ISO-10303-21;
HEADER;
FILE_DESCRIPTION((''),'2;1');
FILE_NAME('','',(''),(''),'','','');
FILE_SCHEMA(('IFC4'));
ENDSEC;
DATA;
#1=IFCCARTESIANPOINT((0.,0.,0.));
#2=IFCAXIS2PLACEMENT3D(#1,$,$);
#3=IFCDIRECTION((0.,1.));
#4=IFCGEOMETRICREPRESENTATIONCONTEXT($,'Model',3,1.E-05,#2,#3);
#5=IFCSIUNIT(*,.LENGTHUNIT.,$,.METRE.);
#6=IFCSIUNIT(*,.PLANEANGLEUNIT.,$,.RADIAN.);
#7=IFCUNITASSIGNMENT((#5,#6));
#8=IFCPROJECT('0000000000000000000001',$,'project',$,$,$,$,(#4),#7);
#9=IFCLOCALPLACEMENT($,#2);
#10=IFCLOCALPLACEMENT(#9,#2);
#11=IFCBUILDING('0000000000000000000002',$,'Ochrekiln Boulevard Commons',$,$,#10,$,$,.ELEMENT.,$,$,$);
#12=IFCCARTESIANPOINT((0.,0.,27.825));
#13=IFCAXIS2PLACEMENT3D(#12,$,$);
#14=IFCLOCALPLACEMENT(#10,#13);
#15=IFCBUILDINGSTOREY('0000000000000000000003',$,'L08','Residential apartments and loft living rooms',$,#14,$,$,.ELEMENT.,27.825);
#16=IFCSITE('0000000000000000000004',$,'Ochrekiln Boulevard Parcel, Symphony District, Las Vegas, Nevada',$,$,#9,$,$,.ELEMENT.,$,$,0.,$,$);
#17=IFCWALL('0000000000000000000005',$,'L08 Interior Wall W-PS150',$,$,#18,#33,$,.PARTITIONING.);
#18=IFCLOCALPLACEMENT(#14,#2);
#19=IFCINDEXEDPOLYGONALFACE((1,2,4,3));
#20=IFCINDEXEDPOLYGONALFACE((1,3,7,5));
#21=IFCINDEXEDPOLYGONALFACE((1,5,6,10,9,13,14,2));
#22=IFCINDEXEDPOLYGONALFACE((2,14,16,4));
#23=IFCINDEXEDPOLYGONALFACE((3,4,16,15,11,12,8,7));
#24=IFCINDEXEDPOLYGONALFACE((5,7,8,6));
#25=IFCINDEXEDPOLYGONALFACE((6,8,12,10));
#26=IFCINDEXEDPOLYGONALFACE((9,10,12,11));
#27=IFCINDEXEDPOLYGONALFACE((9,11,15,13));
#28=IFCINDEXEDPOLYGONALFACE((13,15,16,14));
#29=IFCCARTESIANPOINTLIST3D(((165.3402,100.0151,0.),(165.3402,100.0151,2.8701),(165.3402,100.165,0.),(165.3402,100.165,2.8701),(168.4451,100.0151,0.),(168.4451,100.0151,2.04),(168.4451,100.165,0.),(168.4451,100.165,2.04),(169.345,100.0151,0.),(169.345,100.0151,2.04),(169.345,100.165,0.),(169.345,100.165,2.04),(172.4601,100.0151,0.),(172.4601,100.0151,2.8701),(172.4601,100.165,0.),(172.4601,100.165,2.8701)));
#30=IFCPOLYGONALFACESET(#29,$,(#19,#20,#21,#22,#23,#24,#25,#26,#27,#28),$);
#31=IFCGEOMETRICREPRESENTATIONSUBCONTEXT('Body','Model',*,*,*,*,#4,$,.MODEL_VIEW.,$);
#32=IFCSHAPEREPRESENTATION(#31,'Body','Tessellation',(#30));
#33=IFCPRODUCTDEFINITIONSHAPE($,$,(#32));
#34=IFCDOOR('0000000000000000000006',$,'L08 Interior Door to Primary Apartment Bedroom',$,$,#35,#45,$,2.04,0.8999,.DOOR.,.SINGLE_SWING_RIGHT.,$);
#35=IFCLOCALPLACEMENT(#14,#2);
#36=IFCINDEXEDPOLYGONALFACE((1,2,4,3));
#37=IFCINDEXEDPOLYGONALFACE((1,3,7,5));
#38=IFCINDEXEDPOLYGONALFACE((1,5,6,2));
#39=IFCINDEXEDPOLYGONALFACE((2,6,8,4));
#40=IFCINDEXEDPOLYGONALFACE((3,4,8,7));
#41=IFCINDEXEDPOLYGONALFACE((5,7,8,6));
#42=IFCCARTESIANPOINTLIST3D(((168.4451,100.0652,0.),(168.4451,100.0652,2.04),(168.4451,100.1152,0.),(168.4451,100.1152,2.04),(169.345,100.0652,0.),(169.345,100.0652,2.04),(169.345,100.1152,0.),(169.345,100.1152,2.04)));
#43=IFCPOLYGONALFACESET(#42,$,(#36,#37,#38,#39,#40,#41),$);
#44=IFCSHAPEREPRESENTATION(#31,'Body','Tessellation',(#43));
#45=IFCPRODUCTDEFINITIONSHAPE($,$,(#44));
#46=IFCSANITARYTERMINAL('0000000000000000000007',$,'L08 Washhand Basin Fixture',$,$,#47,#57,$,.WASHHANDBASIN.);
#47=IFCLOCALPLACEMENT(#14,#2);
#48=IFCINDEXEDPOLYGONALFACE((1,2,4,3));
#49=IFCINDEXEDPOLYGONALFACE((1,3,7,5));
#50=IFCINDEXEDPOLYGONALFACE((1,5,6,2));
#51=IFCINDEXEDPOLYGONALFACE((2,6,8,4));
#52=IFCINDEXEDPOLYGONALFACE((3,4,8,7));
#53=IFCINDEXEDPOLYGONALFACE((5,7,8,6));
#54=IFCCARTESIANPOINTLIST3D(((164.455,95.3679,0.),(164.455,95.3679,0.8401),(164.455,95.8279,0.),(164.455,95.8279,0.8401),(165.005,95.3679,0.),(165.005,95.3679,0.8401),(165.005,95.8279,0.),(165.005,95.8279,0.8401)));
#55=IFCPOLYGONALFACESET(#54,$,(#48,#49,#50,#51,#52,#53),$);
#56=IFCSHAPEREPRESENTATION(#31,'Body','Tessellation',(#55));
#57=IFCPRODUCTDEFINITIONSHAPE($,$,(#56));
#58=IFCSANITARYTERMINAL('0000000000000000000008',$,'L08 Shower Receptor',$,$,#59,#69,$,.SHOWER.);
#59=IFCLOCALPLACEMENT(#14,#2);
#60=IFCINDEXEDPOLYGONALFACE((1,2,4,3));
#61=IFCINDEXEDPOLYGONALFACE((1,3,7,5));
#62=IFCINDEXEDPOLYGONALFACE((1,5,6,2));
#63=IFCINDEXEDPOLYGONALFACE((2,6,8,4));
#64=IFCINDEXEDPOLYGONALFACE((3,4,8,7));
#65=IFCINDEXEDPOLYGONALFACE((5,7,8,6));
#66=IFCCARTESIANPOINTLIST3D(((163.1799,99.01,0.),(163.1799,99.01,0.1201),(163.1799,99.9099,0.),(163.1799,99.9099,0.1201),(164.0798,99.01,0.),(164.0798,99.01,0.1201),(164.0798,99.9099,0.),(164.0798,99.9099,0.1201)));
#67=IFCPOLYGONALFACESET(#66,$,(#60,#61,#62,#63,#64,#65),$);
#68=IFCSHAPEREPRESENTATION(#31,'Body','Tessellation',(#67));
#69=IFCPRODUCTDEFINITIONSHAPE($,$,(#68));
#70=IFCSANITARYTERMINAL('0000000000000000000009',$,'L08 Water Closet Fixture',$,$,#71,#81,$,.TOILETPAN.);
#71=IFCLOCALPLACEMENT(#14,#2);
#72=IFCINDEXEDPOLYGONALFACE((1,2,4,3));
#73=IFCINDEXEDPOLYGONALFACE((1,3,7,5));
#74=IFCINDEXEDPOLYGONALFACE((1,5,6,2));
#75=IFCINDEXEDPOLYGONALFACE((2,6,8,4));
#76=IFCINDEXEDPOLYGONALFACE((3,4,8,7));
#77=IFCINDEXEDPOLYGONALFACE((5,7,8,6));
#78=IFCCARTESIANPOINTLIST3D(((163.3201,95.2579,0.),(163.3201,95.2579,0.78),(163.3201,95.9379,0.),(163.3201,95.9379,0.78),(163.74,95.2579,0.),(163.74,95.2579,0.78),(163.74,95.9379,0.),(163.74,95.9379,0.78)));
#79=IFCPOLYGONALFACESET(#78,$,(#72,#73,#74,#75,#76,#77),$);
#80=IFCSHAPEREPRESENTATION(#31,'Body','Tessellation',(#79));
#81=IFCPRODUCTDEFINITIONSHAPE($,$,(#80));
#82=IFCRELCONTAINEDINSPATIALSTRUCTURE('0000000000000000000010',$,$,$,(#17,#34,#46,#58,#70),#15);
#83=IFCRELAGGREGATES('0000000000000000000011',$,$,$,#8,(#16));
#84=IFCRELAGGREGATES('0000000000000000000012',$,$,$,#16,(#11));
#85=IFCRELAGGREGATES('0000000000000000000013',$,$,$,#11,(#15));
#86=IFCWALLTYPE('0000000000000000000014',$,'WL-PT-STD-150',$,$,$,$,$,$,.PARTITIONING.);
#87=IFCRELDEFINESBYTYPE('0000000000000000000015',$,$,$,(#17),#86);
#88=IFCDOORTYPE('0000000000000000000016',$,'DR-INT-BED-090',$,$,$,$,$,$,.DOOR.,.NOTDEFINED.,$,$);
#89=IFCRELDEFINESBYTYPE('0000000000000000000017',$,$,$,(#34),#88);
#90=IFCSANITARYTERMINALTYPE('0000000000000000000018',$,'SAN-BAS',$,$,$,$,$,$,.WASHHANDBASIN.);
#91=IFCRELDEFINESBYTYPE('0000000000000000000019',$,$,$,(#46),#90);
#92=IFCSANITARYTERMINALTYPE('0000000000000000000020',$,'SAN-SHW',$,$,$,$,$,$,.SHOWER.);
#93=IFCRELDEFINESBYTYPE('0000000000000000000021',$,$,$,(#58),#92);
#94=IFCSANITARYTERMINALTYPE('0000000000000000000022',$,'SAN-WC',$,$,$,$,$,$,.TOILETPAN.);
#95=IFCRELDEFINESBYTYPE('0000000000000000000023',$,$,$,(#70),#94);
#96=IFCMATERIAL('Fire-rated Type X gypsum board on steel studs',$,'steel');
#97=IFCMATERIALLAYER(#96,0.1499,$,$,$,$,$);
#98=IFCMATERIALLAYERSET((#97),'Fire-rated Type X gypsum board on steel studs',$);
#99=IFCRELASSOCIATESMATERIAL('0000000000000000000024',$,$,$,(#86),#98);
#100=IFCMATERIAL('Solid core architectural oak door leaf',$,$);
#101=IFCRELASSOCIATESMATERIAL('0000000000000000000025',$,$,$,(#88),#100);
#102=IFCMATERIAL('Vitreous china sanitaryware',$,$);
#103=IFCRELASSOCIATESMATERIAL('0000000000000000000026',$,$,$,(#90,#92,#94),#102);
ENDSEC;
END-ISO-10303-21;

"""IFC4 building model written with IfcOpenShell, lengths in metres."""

from ifc_helpers import new_model, si_unit, direction, frame, frame_2d, origin, origin_2d, place, context, subcontext, project, spatial, rectangle, extrude, material, layer, layer_set, type_object, element, fill, save


model = new_model("IFC4")

# Units and contexts
model_context = context("Model", 3, precision=1e-05, world=origin(), true_north=direction((0.0, 1.0)))
body_context = subcontext(model_context, "Body", "Model", "MODEL_VIEW")
ifc_project = project(units=[si_unit("LENGTHUNIT", "METRE"), si_unit("PLANEANGLEUNIT", "RADIAN")], contexts=[model_context])

# Site, building, storey
site_placement = place(None, origin())
site = spatial("IfcSite", under=ifc_project, at=site_placement, Name="Ochrekiln Boulevard Parcel, Symphony District, Las Vegas, Nevada", CompositionType="ELEMENT", RefElevation=0.0)
building_placement = place(site_placement, origin())
building = spatial("IfcBuilding", under=site, at=building_placement, Name="Ochrekiln Boulevard Commons", CompositionType="ELEMENT")
storey_placement = place(building_placement, frame((0.0, 0.0, 27.825)))
storey = spatial("IfcBuildingStorey", under=building, at=storey_placement, Name="L08", Description="Residential apartments and loft living rooms", CompositionType="ELEMENT", Elevation=27.825)

# Shared definitions
ifc_material_1 = material(Name="Solid core architectural oak door leaf")

# Shared definitions
ifc_material_2 = material(Name="Fire-rated Type X gypsum board on steel studs", Category="steel")

# Shared definitions
ifc_layer_1 = layer(ifc_material_2, 0.1499)
ifc_layer_set_1 = layer_set([ifc_layer_1], Name="Fire-rated Type X gypsum board on steel studs")
wall_type_1 = type_object("IfcWallType", Name="WL-PT-STD-150", PredefinedType="PARTITIONING", material=ifc_layer_set_1)

# Wall, opening, door
wall_1_placement = place(storey_placement, frame((165.3401, 100.0901, 0.0), z_axis=(0.0, 0.0, 1.0), x_axis=(1.0, 0.0, 0.0)))
wall_1 = element("IfcWall", 1, at=wall_1_placement, inside=storey, type_object=wall_type_1, Name="L08 Interior Wall W-PS150", PredefinedType="PARTITIONING", context=body_context, shape_type="SweptSolid", body=[
    extrude(rectangle(XDim=7.1199, YDim=0.1499, at=frame_2d((3.5601, 0.0))), origin(), (0.0, 0.0, 1.0), 2.8701),
])
opening_1_placement = place(wall_1_placement, frame((3.105, 0.0, 0.0)))
opening_1 = element("IfcOpeningElement", 2, at=opening_1_placement, cuts=wall_1, PredefinedType="OPENING", context=body_context, shape_type="SweptSolid", body=[
    extrude(rectangle(XDim=0.8999, YDim=2.04, at=frame_2d((0.45, 1.02))), frame((0.0, 0.085, 0.0), z_axis=(0.0, -1.0, 0.0), x_axis=(1.0, 0.0, 0.0)), (0.0, 0.0, 1.0), 0.1699),
])
door_type_1 = type_object("IfcDoorType", Name="DR-INT-BED-090", OperationType="NOTDEFINED", PredefinedType="DOOR", material=ifc_material_1)
door_1_placement = place(opening_1_placement, frame((0.8999, 0.0, 0.0), z_axis=(0.0, 0.0, 1.0), x_axis=(-1.0, 0.0, 0.0)))
door_1 = element("IfcDoor", 3, at=door_1_placement, inside=storey, type_object=door_type_1, Name="L08 Interior Door to Primary Apartment Bedroom", OperationType="SINGLE_SWING_RIGHT", OverallHeight=2.04, OverallWidth=0.8999, PredefinedType="DOOR", context=body_context, shape_type="SweptSolid", body=[
    extrude(rectangle(XDim=0.8999, YDim=2.04, at=frame_2d((0.45, 1.02))), frame((0.0, 0.0249, 0.0), z_axis=(0.0, -1.0, 0.0), x_axis=(1.0, 0.0, 0.0)), (0.0, 0.0, 1.0), 0.05),
])
fill(opening_1, door_1)

# Sanitary terminals
ifc_material_3 = material(Name="Vitreous china sanitaryware")
sanitary_terminal_type_1 = type_object("IfcSanitaryTerminalType", Name="SAN-BAS", PredefinedType="WASHHANDBASIN", material=ifc_material_3)
sanitary_terminal_1_placement = place(storey_placement, frame((164.73, 95.5979, 0.0), z_axis=(0.0, 0.0, 1.0), x_axis=(1.0, 0.0, 0.0)))
element("IfcSanitaryTerminal", 4, at=sanitary_terminal_1_placement, inside=storey, type_object=sanitary_terminal_type_1, Name="L08 Washhand Basin Fixture", PredefinedType="WASHHANDBASIN", context=body_context, shape_type="SweptSolid", body=[
    extrude(rectangle(XDim=0.55, YDim=0.46, at=origin_2d()), origin(), (0.0, 0.0, 1.0), 0.8401),
])
sanitary_terminal_type_2 = type_object("IfcSanitaryTerminalType", Name="SAN-SHW", PredefinedType="SHOWER", material=ifc_material_3)
sanitary_terminal_2_placement = place(storey_placement, frame((163.6299, 99.46, 0.0), z_axis=(0.0, 0.0, 1.0), x_axis=(1.0, 0.0, 0.0)))
element("IfcSanitaryTerminal", 5, at=sanitary_terminal_2_placement, inside=storey, type_object=sanitary_terminal_type_2, Name="L08 Shower Receptor", PredefinedType="SHOWER", context=body_context, shape_type="SweptSolid", body=[
    extrude(rectangle(XDim=0.8999, YDim=0.8999, at=origin_2d()), origin(), (0.0, 0.0, 1.0), 0.1201),
])
sanitary_terminal_type_3 = type_object("IfcSanitaryTerminalType", Name="SAN-WC", PredefinedType="TOILETPAN", material=ifc_material_3)
sanitary_terminal_3_placement = place(storey_placement, frame((163.53, 95.5979, 0.0), z_axis=(0.0, 0.0, 1.0), x_axis=(1.0, 0.0, 0.0)))
element("IfcSanitaryTerminal", 6, at=sanitary_terminal_3_placement, inside=storey, type_object=sanitary_terminal_type_3, Name="L08 Water Closet Fixture", PredefinedType="TOILETPAN", context=body_context, shape_type="SweptSolid", body=[
    extrude(rectangle(XDim=0.4199, YDim=0.6799, at=origin_2d()), origin(), (0.0, 0.0, 1.0), 0.78),
])

save(model, "model.ifc")
